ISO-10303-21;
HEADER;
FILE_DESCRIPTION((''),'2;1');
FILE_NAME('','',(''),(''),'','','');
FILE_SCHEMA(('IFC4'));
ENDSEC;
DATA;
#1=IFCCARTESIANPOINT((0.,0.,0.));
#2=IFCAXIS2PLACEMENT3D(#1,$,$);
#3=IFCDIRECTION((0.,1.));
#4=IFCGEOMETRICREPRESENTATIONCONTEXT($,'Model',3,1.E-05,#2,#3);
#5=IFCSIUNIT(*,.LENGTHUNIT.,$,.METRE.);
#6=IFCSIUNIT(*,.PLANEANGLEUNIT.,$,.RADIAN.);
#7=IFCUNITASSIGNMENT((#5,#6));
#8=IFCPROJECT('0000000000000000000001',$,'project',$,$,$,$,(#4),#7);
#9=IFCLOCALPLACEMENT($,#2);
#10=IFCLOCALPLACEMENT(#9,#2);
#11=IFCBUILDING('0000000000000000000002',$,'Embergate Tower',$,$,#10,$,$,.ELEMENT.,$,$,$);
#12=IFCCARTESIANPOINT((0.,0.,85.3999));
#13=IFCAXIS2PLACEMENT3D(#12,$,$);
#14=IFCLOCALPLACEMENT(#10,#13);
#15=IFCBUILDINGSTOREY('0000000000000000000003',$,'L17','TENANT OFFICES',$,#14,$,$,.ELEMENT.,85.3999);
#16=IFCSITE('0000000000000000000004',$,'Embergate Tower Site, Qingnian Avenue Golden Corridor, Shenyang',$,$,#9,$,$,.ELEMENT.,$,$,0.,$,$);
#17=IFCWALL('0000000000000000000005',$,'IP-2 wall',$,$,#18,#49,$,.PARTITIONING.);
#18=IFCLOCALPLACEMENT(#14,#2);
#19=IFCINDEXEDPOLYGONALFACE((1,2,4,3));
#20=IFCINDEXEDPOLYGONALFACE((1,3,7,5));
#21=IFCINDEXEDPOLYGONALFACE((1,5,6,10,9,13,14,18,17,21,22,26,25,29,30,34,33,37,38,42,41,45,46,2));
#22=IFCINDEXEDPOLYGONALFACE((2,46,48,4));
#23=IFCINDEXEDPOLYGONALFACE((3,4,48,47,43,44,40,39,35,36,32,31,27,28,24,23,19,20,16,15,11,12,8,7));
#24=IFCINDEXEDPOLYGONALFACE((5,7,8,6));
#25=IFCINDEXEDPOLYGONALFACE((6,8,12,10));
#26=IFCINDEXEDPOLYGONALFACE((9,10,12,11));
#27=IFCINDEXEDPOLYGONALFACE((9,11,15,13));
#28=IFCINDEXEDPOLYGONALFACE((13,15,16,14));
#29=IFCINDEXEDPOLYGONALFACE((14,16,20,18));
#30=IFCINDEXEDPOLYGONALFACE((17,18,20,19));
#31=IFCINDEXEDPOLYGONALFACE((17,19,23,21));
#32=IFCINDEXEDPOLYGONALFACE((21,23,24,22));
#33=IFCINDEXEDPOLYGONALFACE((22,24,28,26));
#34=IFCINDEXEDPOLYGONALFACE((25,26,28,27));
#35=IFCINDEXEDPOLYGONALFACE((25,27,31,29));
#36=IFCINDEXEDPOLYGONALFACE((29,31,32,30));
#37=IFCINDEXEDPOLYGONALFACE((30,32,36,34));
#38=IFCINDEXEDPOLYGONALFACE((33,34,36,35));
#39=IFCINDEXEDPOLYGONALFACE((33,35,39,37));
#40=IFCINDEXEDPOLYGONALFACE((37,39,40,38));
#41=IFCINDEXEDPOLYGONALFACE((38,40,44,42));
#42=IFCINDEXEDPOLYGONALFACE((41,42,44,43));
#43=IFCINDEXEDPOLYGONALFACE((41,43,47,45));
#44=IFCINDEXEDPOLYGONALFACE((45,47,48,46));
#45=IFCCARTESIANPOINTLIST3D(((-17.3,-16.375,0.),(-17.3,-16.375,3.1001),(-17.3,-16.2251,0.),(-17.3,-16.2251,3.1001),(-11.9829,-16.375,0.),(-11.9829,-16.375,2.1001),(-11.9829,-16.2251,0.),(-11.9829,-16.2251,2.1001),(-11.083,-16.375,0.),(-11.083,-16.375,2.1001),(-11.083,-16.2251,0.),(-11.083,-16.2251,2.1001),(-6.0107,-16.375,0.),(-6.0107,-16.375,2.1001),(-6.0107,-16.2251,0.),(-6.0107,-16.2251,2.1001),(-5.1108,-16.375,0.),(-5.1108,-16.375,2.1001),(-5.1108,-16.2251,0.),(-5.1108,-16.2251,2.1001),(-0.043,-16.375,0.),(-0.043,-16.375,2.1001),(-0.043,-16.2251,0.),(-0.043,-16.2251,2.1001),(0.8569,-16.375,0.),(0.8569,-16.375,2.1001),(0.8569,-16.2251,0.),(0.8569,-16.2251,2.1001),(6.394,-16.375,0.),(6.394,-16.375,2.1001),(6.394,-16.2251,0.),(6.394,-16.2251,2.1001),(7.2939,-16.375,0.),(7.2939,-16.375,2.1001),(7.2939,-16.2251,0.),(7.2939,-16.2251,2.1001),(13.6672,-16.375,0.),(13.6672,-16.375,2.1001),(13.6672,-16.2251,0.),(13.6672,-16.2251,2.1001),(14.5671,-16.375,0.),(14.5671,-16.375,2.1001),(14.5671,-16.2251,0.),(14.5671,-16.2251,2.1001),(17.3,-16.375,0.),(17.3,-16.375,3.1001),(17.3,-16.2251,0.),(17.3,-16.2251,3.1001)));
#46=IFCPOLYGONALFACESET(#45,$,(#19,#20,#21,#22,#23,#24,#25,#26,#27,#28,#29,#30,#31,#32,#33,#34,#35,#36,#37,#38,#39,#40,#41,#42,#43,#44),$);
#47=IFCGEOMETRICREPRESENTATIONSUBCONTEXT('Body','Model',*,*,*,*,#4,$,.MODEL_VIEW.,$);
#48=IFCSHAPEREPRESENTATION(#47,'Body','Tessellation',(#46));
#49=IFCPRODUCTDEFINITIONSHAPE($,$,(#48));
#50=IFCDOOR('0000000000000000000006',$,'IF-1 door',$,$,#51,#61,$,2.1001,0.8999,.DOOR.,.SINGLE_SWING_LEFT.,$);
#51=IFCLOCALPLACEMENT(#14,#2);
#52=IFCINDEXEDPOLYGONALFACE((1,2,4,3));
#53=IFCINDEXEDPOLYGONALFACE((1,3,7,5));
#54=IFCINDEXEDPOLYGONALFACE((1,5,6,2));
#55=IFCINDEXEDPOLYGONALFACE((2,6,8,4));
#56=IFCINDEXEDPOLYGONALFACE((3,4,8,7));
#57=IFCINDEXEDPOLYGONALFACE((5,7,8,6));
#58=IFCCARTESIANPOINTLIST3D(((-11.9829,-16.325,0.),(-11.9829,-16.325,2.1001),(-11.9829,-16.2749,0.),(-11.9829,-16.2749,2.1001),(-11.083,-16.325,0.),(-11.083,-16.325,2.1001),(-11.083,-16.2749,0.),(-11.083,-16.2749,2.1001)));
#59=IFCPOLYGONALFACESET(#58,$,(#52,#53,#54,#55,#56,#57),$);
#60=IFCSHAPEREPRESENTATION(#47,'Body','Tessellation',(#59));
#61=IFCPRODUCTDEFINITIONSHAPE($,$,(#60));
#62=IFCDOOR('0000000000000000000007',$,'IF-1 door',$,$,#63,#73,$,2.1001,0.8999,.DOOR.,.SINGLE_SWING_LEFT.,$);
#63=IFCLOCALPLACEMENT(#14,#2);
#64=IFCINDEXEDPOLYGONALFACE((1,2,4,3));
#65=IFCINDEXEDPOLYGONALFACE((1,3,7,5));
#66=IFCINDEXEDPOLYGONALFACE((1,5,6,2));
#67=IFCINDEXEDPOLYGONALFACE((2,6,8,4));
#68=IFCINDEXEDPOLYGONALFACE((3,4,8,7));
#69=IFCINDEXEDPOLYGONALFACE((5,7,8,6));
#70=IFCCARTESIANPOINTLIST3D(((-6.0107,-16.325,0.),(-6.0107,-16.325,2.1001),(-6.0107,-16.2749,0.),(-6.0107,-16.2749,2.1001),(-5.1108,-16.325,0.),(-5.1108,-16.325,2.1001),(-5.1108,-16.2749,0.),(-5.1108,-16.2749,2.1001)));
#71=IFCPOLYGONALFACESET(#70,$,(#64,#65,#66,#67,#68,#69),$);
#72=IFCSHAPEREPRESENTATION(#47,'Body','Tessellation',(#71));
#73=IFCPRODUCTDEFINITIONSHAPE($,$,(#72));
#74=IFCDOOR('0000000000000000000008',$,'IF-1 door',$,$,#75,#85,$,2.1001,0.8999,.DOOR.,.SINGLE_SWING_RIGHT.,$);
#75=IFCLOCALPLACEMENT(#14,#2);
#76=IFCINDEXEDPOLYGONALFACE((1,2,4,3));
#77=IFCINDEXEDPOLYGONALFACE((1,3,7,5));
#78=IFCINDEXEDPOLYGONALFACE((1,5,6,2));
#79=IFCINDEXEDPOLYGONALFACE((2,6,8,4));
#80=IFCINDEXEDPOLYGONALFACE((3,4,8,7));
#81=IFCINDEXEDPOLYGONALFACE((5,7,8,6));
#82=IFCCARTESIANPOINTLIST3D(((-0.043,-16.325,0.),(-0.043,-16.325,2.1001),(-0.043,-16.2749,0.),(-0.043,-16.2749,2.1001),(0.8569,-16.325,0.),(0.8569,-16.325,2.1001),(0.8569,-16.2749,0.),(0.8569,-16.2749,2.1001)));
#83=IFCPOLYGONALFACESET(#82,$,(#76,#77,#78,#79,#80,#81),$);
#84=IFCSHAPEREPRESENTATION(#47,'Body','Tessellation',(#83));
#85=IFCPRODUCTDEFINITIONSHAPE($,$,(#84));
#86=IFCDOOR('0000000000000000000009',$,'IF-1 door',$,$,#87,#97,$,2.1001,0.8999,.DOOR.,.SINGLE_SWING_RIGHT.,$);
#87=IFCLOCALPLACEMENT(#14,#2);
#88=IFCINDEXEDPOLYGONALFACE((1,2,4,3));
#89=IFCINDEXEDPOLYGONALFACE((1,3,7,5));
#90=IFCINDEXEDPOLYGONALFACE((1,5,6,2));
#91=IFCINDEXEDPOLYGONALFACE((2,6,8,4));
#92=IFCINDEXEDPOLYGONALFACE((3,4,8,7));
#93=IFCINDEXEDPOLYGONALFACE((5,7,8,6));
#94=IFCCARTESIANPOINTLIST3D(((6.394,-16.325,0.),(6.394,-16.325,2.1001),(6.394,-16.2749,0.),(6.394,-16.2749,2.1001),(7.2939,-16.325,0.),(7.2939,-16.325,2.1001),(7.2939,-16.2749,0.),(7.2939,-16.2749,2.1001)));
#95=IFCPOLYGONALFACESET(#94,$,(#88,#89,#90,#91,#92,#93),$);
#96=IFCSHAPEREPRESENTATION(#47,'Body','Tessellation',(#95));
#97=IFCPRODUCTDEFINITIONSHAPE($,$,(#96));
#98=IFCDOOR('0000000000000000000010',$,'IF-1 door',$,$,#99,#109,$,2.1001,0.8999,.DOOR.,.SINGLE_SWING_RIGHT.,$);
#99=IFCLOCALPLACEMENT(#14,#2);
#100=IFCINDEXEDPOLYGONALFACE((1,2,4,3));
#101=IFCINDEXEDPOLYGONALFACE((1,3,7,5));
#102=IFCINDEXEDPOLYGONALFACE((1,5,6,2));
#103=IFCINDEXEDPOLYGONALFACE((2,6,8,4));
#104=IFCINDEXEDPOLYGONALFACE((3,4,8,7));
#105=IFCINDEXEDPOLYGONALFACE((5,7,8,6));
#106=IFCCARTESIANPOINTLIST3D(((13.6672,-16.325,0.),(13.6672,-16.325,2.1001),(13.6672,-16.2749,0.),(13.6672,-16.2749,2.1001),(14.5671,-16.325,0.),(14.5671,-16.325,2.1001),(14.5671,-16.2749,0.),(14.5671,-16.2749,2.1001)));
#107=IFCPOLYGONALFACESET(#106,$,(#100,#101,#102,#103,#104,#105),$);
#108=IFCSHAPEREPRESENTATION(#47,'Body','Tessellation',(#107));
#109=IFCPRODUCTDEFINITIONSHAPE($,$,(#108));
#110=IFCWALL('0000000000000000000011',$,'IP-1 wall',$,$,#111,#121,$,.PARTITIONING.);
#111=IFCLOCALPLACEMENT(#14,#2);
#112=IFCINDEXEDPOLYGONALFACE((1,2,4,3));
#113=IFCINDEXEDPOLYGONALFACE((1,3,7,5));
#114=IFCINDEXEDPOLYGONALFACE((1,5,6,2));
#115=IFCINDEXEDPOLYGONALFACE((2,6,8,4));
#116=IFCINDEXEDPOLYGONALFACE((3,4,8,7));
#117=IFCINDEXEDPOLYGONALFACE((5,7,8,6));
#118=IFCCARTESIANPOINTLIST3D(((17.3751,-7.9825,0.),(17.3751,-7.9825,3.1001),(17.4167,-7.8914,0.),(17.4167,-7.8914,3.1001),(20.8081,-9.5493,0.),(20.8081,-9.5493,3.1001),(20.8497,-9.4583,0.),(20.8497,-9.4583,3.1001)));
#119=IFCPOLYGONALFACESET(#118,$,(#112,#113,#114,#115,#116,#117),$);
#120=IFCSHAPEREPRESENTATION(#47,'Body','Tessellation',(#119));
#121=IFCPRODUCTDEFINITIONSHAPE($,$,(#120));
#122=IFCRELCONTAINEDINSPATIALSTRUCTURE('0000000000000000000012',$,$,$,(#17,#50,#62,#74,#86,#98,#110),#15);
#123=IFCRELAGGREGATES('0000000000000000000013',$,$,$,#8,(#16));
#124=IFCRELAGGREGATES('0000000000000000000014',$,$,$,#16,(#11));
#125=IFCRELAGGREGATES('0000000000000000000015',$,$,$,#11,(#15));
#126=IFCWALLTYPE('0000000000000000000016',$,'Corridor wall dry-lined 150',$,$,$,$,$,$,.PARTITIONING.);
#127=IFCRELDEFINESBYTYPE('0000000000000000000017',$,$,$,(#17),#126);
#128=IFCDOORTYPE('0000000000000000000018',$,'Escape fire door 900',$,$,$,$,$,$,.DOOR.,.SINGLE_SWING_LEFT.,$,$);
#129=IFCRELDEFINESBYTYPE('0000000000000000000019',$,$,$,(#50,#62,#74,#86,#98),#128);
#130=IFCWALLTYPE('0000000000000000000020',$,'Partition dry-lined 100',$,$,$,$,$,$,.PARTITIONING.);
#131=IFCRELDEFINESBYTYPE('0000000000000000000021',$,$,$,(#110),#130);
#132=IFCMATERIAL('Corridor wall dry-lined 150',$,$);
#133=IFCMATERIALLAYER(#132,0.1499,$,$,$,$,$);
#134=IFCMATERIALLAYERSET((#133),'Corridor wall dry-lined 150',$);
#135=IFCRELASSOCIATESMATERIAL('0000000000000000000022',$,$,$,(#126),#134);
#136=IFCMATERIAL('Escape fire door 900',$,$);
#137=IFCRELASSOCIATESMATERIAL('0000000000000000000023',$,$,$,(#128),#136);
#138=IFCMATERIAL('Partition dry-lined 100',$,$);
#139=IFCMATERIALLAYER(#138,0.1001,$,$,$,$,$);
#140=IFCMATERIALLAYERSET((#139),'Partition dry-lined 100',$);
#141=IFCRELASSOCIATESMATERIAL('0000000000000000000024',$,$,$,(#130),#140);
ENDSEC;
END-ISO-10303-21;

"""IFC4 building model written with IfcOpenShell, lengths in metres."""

from ifc_helpers import new_model, si_unit, direction, frame, frame_2d, origin, place, context, subcontext, project, spatial, rectangle, extrude, source, transform, mapped, material, layer, layer_set, type_object, element, fill, save


model = new_model("IFC4")

# Units and contexts
model_context = context("Model", 3, precision=1e-05, world=origin(), true_north=direction((0.0, 1.0)))
body_context = subcontext(model_context, "Body", "Model", "MODEL_VIEW")
ifc_project = project(units=[si_unit("LENGTHUNIT", "METRE"), si_unit("PLANEANGLEUNIT", "RADIAN")], contexts=[model_context])

# Site, building, storey
site_placement = place(None, origin())
site = spatial("IfcSite", under=ifc_project, at=site_placement, Name="Embergate Tower Site, Qingnian Avenue Golden Corridor, Shenyang", CompositionType="ELEMENT", RefElevation=0.0)
building_placement = place(site_placement, origin())
building = spatial("IfcBuilding", under=site, at=building_placement, Name="Embergate Tower", CompositionType="ELEMENT")
storey_placement = place(building_placement, frame((0.0, 0.0, 85.3999)))
storey = spatial("IfcBuildingStorey", under=building, at=storey_placement, Name="L17", Description="TENANT OFFICES", CompositionType="ELEMENT", Elevation=85.3999)

# Shared definitions
shared_shape_1 = source(origin(), body_context, "Body", "SweptSolid", [
    extrude(rectangle(XDim=0.8999, YDim=2.1001, at=frame_2d((0.45, 1.05))), frame((0.0, 0.0249, 0.0), z_axis=(0.0, -1.0, 0.0), x_axis=(1.0, 0.0, 0.0)), (0.0, 0.0, 1.0), 0.05),
])

# Wall, openings, doors
ifc_material_1 = material(Name="Corridor wall dry-lined 150")
ifc_layer_1 = layer(ifc_material_1, 0.1499)
ifc_layer_set_1 = layer_set([ifc_layer_1], Name="Corridor wall dry-lined 150")
wall_type_1 = type_object("IfcWallType", Name="Corridor wall dry-lined 150", PredefinedType="PARTITIONING", material=ifc_layer_set_1)
shared_shape_2 = source(origin(), body_context, "Body", "SweptSolid", [
    extrude(rectangle(XDim=34.6001, YDim=0.1499, at=frame_2d((17.3, 0.0))), origin(), (0.0, 0.0, 1.0), 3.1001),
])
wall_1_placement = place(storey_placement, frame((17.3, -16.3, 0.0), z_axis=(0.0, 0.0, 1.0), x_axis=(-1.0, 0.0, 0.0)))
wall_1 = element("IfcWall", 1, at=wall_1_placement, inside=storey, type_object=wall_type_1, Name="IP-2 wall", PredefinedType="PARTITIONING", context=body_context, shape_type="MappedRepresentation", body=[
    mapped(shared_shape_2, transform((0.0, 0.0, 0.0))),
])
shared_shape_3 = source(origin(), body_context, "Body", "SweptSolid", [
    extrude(rectangle(XDim=0.8999, YDim=2.1001, at=frame_2d((0.45, 1.05))), frame((0.0, 0.085, 0.0), z_axis=(0.0, -1.0, 0.0), x_axis=(1.0, 0.0, 0.0)), (0.0, 0.0, 1.0), 0.1699),
])
opening_1_placement = place(wall_1_placement, frame((28.3831, 0.0, 0.0)))
opening_1 = element("IfcOpeningElement", 2, at=opening_1_placement, cuts=wall_1, PredefinedType="OPENING", context=body_context, shape_type="MappedRepresentation", body=[
    mapped(shared_shape_3, transform((0.0, 0.0, 0.0))),
])
opening_2_placement = place(wall_1_placement, frame((22.4109, 0.0, 0.0)))
opening_2 = element("IfcOpeningElement", 3, at=opening_2_placement, cuts=wall_1, PredefinedType="OPENING", context=body_context, shape_type="MappedRepresentation", body=[
    mapped(shared_shape_3, transform((0.0, 0.0, 0.0))),
])
opening_3_placement = place(wall_1_placement, frame((16.4431, 0.0, 0.0)))
opening_3 = element("IfcOpeningElement", 4, at=opening_3_placement, cuts=wall_1, PredefinedType="OPENING", context=body_context, shape_type="MappedRepresentation", body=[
    mapped(shared_shape_3, transform((0.0, 0.0, 0.0))),
])
opening_4_placement = place(wall_1_placement, frame((10.0061, 0.0, 0.0)))
opening_4 = element("IfcOpeningElement", 5, at=opening_4_placement, cuts=wall_1, PredefinedType="OPENING", context=body_context, shape_type="MappedRepresentation", body=[
    mapped(shared_shape_3, transform((0.0, 0.0, 0.0))),
])
opening_5_placement = place(wall_1_placement, frame((2.7329, 0.0, 0.0)))
opening_5 = element("IfcOpeningElement", 6, at=opening_5_placement, cuts=wall_1, PredefinedType="OPENING", context=body_context, shape_type="MappedRepresentation", body=[
    mapped(shared_shape_3, transform((0.0, 0.0, 0.0))),
])
ifc_material_2 = material(Name="Escape fire door 900")
door_type_1 = type_object("IfcDoorType", Name="Escape fire door 900", OperationType="SINGLE_SWING_LEFT", PredefinedType="DOOR", material=ifc_material_2)
door_1_placement = place(opening_1_placement, origin())
door_1 = element("IfcDoor", 7, at=door_1_placement, inside=storey, type_object=door_type_1, Name="IF-1 door", OperationType="SINGLE_SWING_LEFT", OverallHeight=2.1001, OverallWidth=0.8999, PredefinedType="DOOR", context=body_context, shape_type="MappedRepresentation", body=[
    mapped(shared_shape_1, transform((0.0, 0.0, 0.0))),
])
fill(opening_1, door_1)
door_2_placement = place(opening_2_placement, origin())
door_2 = element("IfcDoor", 8, at=door_2_placement, inside=storey, type_object=door_type_1, Name="IF-1 door", OperationType="SINGLE_SWING_LEFT", OverallHeight=2.1001, OverallWidth=0.8999, PredefinedType="DOOR", context=body_context, shape_type="MappedRepresentation", body=[
    mapped(shared_shape_1, transform((0.0, 0.0, 0.0))),
])
fill(opening_2, door_2)
door_3_placement = place(opening_3_placement, origin())
door_3 = element("IfcDoor", 9, at=door_3_placement, inside=storey, type_object=door_type_1, Name="IF-1 door", OperationType="SINGLE_SWING_RIGHT", OverallHeight=2.1001, OverallWidth=0.8999, PredefinedType="DOOR", context=body_context, shape_type="MappedRepresentation", body=[
    mapped(shared_shape_1, transform((0.0, 0.0, 0.0))),
])
fill(opening_3, door_3)
door_4_placement = place(opening_4_placement, origin())
door_4 = element("IfcDoor", 10, at=door_4_placement, inside=storey, type_object=door_type_1, Name="IF-1 door", OperationType="SINGLE_SWING_RIGHT", OverallHeight=2.1001, OverallWidth=0.8999, PredefinedType="DOOR", context=body_context, shape_type="MappedRepresentation", body=[
    mapped(shared_shape_1, transform((0.0, 0.0, 0.0))),
])
fill(opening_4, door_4)
door_5_placement = place(opening_5_placement, origin())
door_5 = element("IfcDoor", 11, at=door_5_placement, inside=storey, type_object=door_type_1, Name="IF-1 door", OperationType="SINGLE_SWING_RIGHT", OverallHeight=2.1001, OverallWidth=0.8999, PredefinedType="DOOR", context=body_context, shape_type="MappedRepresentation", body=[
    mapped(shared_shape_1, transform((0.0, 0.0, 0.0))),
])
fill(opening_5, door_5)

# Wall
ifc_material_3 = material(Name="Partition dry-lined 100")
ifc_layer_2 = layer(ifc_material_3, 0.1001)
ifc_layer_set_2 = layer_set([ifc_layer_2], Name="Partition dry-lined 100")
wall_type_2 = type_object("IfcWallType", Name="Partition dry-lined 100", PredefinedType="PARTITIONING", material=ifc_layer_set_2)
shared_shape_4 = source(origin(), body_context, "Body", "SweptSolid", [
    extrude(rectangle(XDim=3.7737, YDim=0.1001, at=frame_2d((1.8867, 0.0))), origin(), (0.0, 0.0, 1.0), 3.1001),
])
wall_2_placement = place(storey_placement, frame((17.396, -7.937, 0.0), z_axis=(0.0, 0.0, 1.0), x_axis=(0.909727, -0.415206, 0.0)))
element("IfcWall", 12, at=wall_2_placement, inside=storey, type_object=wall_type_2, Name="IP-1 wall", PredefinedType="PARTITIONING", context=body_context, shape_type="MappedRepresentation", body=[
    mapped(shared_shape_4, transform((0.0, 0.0, 0.0))),
])

save(model, "model.ifc")
